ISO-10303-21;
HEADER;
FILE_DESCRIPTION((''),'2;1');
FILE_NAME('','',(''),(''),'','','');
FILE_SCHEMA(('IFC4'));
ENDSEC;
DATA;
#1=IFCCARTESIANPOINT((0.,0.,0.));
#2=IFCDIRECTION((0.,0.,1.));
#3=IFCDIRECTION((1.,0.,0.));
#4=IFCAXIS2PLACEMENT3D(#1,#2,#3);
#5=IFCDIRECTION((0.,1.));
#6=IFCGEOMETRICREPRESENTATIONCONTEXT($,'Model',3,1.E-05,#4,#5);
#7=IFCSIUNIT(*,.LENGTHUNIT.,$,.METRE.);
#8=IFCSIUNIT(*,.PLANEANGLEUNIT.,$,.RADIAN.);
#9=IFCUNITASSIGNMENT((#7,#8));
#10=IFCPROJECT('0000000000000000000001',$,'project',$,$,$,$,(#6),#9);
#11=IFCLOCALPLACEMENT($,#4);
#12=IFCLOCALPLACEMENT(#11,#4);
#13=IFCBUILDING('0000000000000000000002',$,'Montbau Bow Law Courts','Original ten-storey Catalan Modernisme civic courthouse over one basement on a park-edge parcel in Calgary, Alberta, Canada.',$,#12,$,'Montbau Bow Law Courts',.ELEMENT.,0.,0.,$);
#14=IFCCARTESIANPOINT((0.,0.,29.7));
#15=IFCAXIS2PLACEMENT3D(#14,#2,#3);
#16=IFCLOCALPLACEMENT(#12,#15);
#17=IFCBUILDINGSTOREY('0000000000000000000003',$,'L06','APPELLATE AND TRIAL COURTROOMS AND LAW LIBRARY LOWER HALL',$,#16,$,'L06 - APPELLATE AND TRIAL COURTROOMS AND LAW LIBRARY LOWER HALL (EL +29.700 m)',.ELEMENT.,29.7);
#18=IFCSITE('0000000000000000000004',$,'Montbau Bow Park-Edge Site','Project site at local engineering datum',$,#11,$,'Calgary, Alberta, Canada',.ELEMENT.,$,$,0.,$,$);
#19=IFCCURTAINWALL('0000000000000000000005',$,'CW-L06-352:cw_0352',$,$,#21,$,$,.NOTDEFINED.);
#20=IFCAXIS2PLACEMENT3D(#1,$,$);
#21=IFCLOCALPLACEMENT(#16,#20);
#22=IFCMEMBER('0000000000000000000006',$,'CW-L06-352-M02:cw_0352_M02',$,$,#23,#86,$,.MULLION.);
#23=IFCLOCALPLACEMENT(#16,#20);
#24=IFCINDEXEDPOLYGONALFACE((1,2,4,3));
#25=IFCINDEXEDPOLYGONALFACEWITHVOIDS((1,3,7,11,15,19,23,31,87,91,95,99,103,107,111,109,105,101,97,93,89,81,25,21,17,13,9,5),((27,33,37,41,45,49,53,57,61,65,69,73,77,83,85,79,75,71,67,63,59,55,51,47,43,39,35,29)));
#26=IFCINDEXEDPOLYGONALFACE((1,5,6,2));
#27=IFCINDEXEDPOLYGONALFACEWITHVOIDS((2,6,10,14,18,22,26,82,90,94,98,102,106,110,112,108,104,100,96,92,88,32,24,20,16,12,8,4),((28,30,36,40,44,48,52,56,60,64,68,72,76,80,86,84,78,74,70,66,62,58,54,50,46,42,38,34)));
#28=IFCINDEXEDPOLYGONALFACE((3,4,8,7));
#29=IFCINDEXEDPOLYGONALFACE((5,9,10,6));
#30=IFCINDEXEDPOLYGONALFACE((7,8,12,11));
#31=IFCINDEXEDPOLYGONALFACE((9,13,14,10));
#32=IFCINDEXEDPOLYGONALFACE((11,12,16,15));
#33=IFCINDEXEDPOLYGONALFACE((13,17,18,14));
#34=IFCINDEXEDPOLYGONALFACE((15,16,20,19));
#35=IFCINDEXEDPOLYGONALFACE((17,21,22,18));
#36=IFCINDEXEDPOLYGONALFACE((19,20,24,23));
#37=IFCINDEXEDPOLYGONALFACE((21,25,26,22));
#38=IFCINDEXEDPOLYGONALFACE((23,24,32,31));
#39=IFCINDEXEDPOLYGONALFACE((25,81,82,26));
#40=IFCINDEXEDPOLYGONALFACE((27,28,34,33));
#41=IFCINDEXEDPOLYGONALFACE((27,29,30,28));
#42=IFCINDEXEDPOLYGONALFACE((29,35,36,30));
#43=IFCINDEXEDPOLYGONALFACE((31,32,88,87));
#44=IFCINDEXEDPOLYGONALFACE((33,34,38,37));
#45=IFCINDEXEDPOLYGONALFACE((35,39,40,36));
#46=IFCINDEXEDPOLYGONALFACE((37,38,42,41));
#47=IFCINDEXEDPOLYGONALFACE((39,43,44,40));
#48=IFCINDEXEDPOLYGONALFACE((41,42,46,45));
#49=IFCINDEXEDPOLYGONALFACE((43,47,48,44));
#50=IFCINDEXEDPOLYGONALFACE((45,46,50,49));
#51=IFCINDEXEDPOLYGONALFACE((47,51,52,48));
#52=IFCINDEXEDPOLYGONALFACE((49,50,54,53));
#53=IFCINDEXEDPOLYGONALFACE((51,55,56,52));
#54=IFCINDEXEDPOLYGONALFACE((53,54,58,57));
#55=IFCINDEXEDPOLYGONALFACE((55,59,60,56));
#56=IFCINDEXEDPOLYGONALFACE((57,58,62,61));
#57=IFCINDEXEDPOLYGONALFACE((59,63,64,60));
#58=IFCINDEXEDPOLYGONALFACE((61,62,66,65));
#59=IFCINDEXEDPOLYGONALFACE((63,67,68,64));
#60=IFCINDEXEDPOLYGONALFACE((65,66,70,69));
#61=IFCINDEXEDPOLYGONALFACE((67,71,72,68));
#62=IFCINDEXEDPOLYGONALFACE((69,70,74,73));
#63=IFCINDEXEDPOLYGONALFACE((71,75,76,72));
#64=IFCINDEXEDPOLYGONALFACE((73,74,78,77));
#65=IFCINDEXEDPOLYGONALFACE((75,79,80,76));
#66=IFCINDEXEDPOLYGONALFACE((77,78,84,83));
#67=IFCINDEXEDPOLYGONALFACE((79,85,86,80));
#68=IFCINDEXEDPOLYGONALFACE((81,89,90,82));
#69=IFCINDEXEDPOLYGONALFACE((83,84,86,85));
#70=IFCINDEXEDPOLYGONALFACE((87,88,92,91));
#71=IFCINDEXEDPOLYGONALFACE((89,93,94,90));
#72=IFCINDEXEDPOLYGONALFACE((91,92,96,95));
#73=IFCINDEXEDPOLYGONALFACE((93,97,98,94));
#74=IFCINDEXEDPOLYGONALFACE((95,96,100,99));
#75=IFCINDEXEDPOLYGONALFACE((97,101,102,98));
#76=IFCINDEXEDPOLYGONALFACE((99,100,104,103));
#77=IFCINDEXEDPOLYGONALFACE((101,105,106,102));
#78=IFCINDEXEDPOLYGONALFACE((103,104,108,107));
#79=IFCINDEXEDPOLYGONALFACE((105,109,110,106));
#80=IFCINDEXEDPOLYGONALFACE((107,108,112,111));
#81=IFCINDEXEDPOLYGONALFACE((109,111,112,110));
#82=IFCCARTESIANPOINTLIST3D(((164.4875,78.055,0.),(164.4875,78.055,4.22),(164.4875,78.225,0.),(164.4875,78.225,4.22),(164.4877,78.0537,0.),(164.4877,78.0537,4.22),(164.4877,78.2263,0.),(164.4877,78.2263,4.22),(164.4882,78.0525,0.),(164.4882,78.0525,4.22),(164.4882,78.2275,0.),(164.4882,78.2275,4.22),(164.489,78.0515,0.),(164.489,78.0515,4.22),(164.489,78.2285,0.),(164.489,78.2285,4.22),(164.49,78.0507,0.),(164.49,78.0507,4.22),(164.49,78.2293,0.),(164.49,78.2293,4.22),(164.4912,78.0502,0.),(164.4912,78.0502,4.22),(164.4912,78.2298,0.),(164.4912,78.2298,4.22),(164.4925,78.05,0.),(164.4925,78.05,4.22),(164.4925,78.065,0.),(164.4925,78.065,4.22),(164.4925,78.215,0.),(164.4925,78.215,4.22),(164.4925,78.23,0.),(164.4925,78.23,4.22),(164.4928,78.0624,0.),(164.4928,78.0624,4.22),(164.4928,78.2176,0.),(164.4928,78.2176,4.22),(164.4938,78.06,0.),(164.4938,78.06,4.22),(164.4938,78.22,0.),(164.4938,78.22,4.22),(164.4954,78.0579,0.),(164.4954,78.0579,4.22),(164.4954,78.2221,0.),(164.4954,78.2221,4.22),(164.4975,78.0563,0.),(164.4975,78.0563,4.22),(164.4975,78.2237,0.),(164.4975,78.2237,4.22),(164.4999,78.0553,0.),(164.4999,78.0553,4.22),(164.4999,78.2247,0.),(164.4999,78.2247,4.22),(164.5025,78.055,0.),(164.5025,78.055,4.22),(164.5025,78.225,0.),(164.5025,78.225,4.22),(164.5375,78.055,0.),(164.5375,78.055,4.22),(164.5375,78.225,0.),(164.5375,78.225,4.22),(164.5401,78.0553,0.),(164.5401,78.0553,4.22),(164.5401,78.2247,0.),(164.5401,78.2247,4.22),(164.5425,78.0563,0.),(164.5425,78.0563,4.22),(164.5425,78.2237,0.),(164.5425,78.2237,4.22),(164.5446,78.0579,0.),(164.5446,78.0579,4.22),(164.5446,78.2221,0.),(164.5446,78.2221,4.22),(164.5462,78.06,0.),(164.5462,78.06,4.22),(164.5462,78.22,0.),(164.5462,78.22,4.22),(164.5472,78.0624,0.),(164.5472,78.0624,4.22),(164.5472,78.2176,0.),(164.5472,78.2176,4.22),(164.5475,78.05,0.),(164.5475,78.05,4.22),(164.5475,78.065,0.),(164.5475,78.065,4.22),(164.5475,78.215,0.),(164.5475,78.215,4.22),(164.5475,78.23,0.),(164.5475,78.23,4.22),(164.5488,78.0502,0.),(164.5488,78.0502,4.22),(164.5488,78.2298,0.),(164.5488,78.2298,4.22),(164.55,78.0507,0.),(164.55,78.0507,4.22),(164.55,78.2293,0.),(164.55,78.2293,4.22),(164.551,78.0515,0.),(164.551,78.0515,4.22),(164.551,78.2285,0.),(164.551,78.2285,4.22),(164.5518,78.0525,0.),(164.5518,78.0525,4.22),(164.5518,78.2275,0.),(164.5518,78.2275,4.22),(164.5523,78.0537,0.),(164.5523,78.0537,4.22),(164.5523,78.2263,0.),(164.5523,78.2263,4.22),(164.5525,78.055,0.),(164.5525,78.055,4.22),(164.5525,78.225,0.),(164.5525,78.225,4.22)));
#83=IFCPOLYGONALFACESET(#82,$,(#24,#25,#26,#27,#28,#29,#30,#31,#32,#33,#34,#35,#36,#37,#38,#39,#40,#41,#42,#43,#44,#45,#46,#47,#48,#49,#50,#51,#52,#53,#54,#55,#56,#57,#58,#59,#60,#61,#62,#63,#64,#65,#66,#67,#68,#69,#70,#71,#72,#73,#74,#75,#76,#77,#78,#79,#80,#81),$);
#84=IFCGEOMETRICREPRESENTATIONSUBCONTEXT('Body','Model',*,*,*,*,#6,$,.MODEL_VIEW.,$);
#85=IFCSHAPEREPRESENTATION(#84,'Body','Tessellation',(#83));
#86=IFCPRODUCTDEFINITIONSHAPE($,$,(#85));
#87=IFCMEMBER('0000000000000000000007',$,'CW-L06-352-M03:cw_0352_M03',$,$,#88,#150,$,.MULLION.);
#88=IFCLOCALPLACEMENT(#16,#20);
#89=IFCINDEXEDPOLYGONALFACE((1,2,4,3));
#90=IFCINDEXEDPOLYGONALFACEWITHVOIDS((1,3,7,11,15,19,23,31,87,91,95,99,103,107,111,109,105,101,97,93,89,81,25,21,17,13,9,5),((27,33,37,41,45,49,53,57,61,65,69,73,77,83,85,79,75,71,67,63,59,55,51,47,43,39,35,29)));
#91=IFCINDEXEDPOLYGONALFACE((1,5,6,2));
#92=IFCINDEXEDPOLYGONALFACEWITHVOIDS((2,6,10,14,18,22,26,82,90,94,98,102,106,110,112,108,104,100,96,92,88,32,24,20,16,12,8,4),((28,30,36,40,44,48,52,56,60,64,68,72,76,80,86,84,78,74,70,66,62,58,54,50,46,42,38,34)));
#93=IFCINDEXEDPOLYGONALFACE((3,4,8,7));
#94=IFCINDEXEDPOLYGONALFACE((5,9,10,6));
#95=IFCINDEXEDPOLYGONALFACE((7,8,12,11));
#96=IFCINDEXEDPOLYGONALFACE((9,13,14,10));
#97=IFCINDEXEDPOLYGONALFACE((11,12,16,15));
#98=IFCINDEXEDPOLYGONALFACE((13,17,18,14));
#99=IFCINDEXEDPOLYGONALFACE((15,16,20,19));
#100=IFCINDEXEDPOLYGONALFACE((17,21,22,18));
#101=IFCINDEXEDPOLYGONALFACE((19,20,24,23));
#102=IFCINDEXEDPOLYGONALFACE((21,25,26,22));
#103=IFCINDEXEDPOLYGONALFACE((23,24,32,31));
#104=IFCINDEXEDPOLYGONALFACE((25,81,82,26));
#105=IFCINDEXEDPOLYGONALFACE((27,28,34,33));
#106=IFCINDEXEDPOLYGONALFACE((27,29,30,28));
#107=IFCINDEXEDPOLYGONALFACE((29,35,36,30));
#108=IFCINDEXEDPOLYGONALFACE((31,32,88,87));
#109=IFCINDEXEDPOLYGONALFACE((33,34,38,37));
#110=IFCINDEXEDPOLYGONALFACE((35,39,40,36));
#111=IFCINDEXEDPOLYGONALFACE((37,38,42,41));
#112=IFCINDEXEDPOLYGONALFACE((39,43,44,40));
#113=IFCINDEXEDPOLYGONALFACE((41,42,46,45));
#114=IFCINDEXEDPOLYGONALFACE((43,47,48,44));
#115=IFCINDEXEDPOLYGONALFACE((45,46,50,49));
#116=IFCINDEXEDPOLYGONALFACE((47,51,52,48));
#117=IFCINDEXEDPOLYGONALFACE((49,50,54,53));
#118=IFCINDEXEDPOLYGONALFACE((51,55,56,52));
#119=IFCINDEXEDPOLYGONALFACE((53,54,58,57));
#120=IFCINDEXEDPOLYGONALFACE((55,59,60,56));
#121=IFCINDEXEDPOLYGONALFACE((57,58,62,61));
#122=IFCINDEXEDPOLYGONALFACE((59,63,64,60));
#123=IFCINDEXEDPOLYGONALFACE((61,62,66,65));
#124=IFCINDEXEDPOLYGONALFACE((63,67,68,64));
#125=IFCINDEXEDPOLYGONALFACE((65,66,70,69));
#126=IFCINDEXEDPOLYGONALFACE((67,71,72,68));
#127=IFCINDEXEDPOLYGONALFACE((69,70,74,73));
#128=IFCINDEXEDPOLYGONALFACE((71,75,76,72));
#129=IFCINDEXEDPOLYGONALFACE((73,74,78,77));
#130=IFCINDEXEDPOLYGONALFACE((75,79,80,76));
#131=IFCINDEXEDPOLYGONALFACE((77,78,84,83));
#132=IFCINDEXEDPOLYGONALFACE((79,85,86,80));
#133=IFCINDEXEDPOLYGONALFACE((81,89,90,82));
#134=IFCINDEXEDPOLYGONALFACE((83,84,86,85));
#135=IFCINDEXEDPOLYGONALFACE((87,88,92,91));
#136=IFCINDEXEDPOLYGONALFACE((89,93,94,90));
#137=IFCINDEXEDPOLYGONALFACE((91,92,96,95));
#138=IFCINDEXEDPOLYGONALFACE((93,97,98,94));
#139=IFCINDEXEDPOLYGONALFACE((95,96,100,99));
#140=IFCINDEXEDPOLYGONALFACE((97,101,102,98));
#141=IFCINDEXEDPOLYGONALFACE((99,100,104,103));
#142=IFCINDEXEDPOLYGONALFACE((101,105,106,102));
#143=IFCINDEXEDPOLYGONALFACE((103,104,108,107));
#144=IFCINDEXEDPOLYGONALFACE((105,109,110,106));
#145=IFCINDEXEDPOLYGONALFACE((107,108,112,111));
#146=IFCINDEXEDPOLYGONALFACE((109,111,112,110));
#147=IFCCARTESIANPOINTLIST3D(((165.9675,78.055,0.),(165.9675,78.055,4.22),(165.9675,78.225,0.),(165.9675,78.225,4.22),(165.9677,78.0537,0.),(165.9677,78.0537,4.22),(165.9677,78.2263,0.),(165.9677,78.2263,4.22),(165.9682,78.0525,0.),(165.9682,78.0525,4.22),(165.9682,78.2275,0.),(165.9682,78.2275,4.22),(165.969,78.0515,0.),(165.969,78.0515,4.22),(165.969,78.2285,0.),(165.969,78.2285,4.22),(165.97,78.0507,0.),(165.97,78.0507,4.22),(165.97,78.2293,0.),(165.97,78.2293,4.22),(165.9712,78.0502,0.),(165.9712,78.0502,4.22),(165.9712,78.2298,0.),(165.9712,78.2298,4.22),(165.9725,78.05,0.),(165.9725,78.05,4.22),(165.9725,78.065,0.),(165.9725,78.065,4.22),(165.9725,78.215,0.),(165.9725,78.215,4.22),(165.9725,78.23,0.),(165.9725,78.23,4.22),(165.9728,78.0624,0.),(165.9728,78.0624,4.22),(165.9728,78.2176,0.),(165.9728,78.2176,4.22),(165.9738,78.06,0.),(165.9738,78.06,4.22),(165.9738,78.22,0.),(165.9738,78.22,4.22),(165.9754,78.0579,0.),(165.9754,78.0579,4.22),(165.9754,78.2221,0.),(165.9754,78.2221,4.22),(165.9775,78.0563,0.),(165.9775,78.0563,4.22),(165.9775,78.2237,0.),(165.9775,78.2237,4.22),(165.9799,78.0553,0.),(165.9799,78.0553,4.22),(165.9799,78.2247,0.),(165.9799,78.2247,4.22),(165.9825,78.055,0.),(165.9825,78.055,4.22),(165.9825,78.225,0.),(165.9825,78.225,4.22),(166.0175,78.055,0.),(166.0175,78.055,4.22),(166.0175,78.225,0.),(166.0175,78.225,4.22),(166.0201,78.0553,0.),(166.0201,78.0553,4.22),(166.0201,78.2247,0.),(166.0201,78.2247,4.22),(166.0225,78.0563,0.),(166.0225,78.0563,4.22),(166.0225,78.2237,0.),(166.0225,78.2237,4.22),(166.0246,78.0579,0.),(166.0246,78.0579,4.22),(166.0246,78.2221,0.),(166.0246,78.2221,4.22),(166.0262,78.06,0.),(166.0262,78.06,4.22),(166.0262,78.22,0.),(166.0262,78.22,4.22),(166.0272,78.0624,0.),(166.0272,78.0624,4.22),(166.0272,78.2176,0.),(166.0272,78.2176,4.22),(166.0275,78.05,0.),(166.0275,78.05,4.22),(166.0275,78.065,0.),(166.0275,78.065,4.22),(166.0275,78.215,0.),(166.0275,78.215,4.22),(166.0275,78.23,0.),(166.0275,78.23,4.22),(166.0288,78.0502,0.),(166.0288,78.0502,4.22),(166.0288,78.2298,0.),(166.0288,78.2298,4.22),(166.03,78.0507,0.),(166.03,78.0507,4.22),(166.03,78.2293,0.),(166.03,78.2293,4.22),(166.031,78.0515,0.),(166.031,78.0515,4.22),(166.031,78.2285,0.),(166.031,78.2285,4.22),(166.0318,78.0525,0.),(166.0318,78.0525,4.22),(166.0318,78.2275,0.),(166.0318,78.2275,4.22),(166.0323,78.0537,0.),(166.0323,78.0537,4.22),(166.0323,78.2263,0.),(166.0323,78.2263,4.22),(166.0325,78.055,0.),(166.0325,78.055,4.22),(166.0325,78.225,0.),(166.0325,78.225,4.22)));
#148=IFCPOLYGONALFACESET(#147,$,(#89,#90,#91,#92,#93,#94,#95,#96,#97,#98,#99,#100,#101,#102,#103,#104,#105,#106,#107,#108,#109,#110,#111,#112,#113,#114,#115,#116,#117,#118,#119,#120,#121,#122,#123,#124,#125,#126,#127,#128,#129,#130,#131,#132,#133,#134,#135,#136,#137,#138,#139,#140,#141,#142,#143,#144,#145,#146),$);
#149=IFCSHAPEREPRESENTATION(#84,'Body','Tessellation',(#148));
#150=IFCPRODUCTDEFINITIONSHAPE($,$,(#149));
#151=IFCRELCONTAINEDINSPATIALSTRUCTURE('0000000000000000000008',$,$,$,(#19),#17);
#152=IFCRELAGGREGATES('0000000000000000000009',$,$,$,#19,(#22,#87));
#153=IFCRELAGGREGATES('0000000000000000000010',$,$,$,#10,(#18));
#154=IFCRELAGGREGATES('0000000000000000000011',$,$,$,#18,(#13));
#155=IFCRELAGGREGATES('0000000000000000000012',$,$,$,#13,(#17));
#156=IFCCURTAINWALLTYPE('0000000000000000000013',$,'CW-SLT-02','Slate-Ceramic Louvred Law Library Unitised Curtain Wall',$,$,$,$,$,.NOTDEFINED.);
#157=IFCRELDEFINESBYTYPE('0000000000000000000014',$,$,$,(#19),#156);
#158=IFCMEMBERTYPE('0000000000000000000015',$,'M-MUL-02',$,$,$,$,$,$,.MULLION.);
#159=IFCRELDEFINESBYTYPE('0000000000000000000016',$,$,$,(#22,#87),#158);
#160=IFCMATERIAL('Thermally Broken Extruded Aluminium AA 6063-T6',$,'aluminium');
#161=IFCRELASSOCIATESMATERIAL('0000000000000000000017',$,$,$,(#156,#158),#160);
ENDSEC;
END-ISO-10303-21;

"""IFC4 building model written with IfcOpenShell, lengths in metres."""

from ifc_helpers import new_model, si_unit, direction, frame, origin_with_axes, origin_2d_with_axis, place, context, subcontext, project, spatial, hollow_rectangle, extrude, material, material_profile, profile_set, type_object, element, aggregate, save


model = new_model("IFC4")

# Units and contexts
model_context = context("Model", 3, precision=1e-05, world=origin_with_axes(), true_north=direction((0.0, 1.0)))
body_context = subcontext(model_context, "Body", "Model", "MODEL_VIEW")
ifc_project = project(units=[si_unit("LENGTHUNIT", "METRE"), si_unit("PLANEANGLEUNIT", "RADIAN")], contexts=[model_context])

# Site, building, storey
site_placement = place(None, origin_with_axes())
site = spatial("IfcSite", under=ifc_project, at=site_placement, Name="Montbau Bow Park-Edge Site", Description="Project site at local engineering datum", LongName="Calgary, Alberta, Canada", CompositionType="ELEMENT", RefElevation=0.0)
building_placement = place(site_placement, origin_with_axes())
building = spatial("IfcBuilding", under=site, at=building_placement, Name="Montbau Bow Law Courts", Description="Original ten-storey Catalan Modernisme civic courthouse over one basement on a park-edge parcel in Calgary, Alberta, Canada.", LongName="Montbau Bow Law Courts", CompositionType="ELEMENT", ElevationOfRefHeight=0.0, ElevationOfTerrain=0.0)
storey_placement = place(building_placement, frame((0.0, 0.0, 29.7), z_axis=(0.0, 0.0, 1.0), x_axis=(1.0, 0.0, 0.0)))
storey = spatial("IfcBuildingStorey", under=building, at=storey_placement, Name="L06", Description="APPELLATE AND TRIAL COURTROOMS AND LAW LIBRARY LOWER HALL", LongName="L06 - APPELLATE AND TRIAL COURTROOMS AND LAW LIBRARY LOWER HALL (EL +29.700 m)", CompositionType="ELEMENT", Elevation=29.7)

# Curtain wall, members
ifc_material_1 = material(Name="Thermally Broken Extruded Aluminium AA 6063-T6", Category="aluminium")
curtain_wall_type = type_object("IfcCurtainWallType", Name="CW-SLT-02", Description="Slate-Ceramic Louvred Law Library Unitised Curtain Wall", PredefinedType="NOTDEFINED", material=ifc_material_1)
curtain_wall_placement = place(None, frame((163.04, 78.14, 29.7), z_axis=(0.0, 0.0, 1.0), x_axis=(1.0, 0.0, 0.0)))
curtain_wall = element("IfcCurtainWall", 1, at=curtain_wall_placement, inside=storey, type_object=curtain_wall_type, Name="CW-L06-352:cw_0352", PredefinedType="NOTDEFINED")
ifc_material_profile_1 = material_profile(ifc_material_1, hollow_rectangle(XDim=0.065, YDim=0.18, WallThickness=0.005, InnerFilletRadius=0.01, OuterFilletRadius=0.005, at=origin_2d_with_axis()), Name="CWM-180X65", Category="Main", Priority=0)
ifc_profile_set_1 = profile_set([ifc_material_profile_1], Name="Thermally Broken Extruded Aluminium AA 6063-T6")
member_type_1 = type_object("IfcMemberType", Name="M-MUL-02", PredefinedType="MULLION", material=ifc_profile_set_1)
member_1_placement = place(None, frame((164.52, 78.14, 29.7), z_axis=(0.0, 0.0, 1.0), x_axis=(1.0, 0.0, 0.0)))
member_1 = element("IfcMember", 2, at=member_1_placement, type_object=member_type_1, Name="CW-L06-352-M02:cw_0352_M02", PredefinedType="MULLION", context=body_context, shape_type="SweptSolid", body=[
    extrude(hollow_rectangle(XDim=0.065, YDim=0.18, WallThickness=0.005, InnerFilletRadius=0.01, OuterFilletRadius=0.005, at=origin_2d_with_axis()), origin_with_axes(), (0.0, 0.0, 1.0), 4.22),
])
member_2_placement = place(None, frame((166.0, 78.14, 29.7), z_axis=(0.0, 0.0, 1.0), x_axis=(1.0, 0.0, 0.0)))
member_2 = element("IfcMember", 3, at=member_2_placement, type_object=member_type_1, Name="CW-L06-352-M03:cw_0352_M03", PredefinedType="MULLION", context=body_context, shape_type="SweptSolid", body=[
    extrude(hollow_rectangle(XDim=0.065, YDim=0.18, WallThickness=0.005, InnerFilletRadius=0.01, OuterFilletRadius=0.005, at=origin_2d_with_axis()), origin_with_axes(), (0.0, 0.0, 1.0), 4.22),
])
aggregate(curtain_wall, [member_1, member_2])

save(model, "model.ifc")
